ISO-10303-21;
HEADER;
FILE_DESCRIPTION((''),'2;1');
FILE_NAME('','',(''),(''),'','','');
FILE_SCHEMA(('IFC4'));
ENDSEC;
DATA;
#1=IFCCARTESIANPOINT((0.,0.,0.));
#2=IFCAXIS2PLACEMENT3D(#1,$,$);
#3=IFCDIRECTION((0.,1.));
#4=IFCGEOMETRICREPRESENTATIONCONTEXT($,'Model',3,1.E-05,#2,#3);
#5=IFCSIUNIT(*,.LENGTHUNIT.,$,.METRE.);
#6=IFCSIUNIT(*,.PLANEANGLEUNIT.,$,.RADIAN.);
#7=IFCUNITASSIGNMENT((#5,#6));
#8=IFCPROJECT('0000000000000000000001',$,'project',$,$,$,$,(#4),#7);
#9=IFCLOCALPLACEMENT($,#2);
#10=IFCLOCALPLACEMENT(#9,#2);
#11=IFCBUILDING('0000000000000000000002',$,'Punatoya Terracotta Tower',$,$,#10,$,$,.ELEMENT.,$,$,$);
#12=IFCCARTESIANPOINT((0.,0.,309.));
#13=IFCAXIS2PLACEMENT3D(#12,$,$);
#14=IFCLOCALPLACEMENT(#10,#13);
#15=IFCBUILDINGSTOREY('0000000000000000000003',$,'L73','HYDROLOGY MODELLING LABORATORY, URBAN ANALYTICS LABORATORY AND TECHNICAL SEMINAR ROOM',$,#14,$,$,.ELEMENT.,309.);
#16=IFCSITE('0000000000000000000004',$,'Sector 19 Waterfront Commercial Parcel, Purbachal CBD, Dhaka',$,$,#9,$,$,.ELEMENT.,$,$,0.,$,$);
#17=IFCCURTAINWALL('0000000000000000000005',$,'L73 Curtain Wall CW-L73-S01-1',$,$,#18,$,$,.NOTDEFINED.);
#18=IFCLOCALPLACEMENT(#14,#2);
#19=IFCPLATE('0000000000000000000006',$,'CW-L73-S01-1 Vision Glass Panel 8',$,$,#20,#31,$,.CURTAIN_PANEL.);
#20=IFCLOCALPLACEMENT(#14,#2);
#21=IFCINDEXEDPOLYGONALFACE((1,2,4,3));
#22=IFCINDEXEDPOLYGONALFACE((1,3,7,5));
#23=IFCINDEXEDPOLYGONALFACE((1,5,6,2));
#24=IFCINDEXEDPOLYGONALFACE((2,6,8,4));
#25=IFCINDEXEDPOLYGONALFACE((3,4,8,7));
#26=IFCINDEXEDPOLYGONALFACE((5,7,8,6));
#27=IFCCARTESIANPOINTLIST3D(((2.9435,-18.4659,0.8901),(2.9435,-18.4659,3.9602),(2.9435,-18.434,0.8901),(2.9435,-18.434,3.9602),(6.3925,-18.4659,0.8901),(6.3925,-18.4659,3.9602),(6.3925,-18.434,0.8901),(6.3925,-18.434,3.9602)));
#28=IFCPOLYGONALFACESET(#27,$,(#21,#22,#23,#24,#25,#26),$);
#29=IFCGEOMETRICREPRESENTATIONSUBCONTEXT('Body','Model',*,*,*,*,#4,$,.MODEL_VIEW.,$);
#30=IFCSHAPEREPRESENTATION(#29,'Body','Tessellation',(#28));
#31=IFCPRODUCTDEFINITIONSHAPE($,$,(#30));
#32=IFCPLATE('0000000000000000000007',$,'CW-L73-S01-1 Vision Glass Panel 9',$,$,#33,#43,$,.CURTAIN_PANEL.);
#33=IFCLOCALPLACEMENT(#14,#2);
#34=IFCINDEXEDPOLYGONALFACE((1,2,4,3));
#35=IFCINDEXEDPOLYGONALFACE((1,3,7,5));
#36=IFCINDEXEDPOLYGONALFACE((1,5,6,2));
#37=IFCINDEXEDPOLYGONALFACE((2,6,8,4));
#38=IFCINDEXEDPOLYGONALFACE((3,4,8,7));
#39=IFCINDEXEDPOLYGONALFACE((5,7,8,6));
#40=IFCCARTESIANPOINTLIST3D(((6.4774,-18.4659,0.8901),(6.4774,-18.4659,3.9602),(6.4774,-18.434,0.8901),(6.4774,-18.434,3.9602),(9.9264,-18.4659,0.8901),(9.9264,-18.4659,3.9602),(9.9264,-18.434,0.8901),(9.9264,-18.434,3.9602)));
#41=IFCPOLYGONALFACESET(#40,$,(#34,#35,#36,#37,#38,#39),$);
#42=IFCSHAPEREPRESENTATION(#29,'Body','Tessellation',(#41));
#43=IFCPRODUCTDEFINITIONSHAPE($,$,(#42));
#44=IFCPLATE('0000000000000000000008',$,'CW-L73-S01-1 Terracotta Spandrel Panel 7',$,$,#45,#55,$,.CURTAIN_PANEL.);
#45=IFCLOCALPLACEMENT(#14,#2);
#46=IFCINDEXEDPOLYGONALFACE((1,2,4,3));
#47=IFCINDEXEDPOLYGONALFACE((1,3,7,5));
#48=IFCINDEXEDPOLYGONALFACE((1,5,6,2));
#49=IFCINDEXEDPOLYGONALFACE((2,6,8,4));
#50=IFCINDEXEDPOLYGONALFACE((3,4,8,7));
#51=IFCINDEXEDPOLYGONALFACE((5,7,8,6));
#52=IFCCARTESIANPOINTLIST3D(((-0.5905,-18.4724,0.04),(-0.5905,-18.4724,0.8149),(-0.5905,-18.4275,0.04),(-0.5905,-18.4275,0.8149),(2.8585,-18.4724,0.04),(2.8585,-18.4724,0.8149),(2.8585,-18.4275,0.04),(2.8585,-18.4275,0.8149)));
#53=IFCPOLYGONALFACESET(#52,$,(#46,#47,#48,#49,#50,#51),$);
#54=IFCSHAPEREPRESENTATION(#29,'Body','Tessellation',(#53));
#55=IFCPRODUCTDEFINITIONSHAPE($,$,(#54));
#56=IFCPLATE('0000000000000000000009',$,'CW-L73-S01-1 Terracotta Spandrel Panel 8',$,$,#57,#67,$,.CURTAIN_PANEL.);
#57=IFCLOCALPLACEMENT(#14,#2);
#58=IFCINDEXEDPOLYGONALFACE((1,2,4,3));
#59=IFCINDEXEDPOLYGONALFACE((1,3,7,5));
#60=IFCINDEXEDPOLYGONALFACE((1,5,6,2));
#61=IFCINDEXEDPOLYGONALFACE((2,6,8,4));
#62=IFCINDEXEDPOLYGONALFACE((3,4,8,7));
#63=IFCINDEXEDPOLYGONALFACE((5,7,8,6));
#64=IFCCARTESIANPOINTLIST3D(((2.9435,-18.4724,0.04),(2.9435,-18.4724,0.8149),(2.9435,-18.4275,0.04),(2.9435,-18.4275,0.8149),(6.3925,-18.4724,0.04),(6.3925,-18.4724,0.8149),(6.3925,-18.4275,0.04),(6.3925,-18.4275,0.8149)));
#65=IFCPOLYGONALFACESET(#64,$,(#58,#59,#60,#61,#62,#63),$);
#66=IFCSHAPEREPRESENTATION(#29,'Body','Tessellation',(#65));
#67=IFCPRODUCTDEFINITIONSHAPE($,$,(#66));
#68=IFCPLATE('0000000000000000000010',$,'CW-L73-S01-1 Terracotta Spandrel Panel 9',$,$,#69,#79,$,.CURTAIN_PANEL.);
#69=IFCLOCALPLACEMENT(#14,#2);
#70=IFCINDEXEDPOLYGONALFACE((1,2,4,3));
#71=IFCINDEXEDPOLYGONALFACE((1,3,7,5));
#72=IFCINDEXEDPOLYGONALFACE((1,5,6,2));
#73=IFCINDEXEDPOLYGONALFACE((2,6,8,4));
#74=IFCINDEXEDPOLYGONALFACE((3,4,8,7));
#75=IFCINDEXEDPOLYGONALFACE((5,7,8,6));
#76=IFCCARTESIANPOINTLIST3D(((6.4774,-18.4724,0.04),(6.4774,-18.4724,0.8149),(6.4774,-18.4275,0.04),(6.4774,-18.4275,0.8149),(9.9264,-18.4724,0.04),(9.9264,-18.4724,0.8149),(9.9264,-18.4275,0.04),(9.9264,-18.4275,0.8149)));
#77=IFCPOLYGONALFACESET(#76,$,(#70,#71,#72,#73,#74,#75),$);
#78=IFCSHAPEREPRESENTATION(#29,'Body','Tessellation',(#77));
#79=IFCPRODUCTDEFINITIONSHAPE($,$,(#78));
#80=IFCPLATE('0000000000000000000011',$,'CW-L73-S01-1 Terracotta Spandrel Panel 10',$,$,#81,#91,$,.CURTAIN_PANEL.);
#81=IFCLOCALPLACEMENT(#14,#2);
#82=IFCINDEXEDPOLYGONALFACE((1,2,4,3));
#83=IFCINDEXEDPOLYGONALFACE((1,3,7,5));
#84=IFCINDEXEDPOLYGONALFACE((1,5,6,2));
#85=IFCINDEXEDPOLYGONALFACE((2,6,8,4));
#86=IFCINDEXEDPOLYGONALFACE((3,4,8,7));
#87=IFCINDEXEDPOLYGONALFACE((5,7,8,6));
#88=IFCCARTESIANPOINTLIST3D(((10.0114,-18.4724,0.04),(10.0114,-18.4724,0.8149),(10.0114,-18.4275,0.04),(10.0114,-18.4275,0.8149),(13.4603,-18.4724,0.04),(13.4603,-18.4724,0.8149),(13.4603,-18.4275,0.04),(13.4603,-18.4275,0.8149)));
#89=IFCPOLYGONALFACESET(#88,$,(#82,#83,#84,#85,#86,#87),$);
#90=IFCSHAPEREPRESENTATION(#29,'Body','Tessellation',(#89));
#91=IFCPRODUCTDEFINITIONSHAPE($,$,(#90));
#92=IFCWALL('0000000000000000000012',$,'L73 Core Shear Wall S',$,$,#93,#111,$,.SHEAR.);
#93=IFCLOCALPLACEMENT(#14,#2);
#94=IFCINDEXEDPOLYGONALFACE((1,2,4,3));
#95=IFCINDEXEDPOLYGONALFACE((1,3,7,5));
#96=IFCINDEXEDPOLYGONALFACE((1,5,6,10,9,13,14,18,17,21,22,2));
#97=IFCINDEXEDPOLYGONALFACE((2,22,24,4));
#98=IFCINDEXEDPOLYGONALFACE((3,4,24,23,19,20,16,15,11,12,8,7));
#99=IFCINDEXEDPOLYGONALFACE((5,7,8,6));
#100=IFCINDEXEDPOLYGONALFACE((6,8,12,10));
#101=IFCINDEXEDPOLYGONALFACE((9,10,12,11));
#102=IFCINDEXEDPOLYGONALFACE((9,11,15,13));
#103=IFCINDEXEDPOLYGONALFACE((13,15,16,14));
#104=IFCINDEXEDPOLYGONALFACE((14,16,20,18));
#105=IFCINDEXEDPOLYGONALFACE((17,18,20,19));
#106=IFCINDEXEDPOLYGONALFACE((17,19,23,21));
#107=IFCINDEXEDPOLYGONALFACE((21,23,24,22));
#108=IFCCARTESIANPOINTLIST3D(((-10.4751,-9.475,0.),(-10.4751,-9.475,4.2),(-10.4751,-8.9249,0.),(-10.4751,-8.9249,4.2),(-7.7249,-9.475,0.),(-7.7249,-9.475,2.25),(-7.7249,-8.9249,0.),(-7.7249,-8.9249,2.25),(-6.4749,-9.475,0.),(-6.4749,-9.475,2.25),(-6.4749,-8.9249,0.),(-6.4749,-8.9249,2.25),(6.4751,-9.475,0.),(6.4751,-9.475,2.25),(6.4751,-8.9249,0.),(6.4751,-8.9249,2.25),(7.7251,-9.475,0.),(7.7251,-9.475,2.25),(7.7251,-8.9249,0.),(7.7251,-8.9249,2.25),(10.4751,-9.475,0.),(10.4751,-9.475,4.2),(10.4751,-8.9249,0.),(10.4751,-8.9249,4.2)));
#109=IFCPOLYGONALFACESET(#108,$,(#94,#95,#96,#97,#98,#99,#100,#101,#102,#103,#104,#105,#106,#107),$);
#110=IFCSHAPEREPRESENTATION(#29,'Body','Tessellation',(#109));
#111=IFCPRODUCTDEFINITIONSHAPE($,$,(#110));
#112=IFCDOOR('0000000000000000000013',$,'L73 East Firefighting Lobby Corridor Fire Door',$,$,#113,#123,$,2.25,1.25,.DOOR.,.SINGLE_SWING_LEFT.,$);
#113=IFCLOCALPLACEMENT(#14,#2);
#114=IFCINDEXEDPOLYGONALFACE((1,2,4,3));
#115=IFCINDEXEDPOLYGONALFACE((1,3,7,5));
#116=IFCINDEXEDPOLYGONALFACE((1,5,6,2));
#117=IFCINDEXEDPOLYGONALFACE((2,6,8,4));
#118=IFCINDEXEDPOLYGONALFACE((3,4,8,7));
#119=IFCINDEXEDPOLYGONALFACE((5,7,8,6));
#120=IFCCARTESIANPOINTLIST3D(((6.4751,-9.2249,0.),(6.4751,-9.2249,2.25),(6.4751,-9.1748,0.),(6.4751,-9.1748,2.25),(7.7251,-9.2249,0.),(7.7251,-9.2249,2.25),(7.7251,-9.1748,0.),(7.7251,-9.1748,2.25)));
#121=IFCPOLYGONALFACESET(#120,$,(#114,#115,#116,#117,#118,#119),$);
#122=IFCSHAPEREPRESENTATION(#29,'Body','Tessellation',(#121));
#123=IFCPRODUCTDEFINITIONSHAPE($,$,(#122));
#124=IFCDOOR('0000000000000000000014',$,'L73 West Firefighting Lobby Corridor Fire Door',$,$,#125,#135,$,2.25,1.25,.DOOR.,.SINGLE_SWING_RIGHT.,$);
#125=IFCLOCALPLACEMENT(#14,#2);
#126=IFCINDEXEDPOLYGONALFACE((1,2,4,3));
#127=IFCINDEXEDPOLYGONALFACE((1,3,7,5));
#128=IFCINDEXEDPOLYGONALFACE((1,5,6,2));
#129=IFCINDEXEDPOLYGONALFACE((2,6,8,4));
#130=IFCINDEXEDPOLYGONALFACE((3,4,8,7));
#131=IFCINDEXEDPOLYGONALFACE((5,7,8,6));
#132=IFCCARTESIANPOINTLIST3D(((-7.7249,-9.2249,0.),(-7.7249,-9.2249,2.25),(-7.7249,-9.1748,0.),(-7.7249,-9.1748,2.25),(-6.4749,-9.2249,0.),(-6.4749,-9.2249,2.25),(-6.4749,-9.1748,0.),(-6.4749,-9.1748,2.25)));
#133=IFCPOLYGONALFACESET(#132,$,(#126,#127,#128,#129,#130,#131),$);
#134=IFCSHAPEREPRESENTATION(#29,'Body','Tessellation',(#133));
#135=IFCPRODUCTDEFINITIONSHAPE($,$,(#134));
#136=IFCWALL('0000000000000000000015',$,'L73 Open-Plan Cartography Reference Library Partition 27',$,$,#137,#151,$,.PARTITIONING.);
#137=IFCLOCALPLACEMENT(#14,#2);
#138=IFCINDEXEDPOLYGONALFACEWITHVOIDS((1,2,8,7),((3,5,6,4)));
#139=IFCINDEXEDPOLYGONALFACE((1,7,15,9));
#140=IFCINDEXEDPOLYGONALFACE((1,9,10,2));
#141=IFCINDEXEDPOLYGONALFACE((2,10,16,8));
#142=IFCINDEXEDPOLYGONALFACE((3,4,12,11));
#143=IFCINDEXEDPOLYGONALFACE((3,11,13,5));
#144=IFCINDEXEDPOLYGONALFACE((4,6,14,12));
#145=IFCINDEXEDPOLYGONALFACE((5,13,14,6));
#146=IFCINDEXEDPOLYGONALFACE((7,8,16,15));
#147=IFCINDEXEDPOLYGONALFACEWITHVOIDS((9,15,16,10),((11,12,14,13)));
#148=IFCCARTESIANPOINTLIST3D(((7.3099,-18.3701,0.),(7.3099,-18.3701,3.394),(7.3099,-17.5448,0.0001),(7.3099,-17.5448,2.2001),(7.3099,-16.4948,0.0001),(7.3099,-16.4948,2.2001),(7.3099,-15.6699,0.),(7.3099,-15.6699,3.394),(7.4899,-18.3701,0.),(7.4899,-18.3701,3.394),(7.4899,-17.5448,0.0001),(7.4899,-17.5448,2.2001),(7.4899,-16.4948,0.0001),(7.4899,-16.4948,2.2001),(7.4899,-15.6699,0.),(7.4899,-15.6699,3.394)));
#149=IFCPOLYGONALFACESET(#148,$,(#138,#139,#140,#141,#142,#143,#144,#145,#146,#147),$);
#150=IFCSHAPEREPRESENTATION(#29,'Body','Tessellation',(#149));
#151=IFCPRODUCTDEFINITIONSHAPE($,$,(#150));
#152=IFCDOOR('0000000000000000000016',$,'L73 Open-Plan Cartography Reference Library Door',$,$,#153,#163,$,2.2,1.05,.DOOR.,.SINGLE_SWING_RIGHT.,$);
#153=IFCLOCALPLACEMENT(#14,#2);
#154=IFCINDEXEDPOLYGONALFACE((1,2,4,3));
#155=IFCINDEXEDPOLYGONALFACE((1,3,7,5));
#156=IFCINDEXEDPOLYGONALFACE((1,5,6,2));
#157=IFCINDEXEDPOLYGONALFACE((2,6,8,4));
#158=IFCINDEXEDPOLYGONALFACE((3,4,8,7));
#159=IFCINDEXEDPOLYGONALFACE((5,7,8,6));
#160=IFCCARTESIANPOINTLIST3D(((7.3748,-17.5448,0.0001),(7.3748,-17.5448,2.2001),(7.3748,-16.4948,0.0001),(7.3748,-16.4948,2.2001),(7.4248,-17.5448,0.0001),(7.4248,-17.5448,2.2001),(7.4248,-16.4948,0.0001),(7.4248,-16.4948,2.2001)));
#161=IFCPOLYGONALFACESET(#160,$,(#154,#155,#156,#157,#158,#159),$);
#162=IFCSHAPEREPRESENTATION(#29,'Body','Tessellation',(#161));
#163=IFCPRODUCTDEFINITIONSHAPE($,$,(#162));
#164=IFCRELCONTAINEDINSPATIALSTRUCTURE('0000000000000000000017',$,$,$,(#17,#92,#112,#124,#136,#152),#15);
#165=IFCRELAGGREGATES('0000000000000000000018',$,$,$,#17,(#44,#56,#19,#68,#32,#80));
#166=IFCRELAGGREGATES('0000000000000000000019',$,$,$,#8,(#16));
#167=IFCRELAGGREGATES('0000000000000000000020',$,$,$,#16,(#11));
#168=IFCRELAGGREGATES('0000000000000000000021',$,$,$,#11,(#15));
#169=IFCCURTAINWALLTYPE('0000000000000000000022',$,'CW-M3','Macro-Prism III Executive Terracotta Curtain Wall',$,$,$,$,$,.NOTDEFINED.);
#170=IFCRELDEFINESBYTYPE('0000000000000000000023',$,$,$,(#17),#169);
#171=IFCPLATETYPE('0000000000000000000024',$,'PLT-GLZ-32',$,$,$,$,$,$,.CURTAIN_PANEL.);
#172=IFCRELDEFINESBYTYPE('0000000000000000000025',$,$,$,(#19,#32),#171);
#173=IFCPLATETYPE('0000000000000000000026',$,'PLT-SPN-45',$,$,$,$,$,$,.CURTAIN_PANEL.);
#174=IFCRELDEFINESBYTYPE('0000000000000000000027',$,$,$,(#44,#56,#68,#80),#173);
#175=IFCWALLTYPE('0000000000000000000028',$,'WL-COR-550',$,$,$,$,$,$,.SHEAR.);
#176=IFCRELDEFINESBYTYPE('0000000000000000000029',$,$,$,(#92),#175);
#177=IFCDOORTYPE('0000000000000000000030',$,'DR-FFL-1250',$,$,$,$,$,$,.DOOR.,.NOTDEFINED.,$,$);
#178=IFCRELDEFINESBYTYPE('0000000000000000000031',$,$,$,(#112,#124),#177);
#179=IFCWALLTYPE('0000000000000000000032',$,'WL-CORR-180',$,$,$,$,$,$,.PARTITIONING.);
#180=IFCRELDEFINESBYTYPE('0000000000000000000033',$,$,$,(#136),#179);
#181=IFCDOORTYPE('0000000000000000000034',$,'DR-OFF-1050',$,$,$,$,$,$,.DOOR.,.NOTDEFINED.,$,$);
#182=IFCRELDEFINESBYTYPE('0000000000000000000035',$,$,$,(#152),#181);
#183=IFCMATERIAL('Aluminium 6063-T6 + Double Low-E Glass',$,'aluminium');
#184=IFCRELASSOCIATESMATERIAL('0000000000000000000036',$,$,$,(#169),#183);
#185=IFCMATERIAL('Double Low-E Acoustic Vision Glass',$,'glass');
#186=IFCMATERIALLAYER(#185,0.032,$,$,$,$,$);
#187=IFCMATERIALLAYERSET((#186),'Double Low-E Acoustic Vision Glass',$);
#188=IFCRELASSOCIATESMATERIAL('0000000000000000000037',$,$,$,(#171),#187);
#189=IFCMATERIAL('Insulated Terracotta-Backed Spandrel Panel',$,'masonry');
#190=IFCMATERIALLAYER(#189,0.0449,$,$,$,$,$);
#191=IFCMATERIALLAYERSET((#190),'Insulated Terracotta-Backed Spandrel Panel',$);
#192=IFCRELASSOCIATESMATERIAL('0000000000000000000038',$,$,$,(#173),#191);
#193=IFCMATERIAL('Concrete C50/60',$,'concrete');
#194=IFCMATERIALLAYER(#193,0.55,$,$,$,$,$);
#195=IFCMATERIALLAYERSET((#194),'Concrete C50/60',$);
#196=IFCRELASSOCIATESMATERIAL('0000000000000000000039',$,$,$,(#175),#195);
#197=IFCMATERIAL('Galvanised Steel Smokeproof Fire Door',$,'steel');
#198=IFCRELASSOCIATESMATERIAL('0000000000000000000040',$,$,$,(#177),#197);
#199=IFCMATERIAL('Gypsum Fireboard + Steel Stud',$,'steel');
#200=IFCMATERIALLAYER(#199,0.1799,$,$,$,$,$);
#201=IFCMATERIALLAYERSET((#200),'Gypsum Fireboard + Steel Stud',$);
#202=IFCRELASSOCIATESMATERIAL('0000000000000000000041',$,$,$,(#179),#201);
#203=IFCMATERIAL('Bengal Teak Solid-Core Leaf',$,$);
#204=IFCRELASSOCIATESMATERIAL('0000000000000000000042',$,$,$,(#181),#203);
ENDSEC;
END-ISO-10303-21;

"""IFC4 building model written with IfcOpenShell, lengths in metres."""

from ifc_helpers import new_model, si_unit, direction, frame, frame_2d, origin, origin_2d, place, context, subcontext, project, spatial, rectangle, extrude, material, layer, layer_set, type_object, element, fill, aggregate, save


model = new_model("IFC4")

# Units and contexts
model_context = context("Model", 3, precision=1e-05, world=origin(), true_north=direction((0.0, 1.0)))
body_context = subcontext(model_context, "Body", "Model", "MODEL_VIEW")
ifc_project = project(units=[si_unit("LENGTHUNIT", "METRE"), si_unit("PLANEANGLEUNIT", "RADIAN")], contexts=[model_context])

# Site, building, storey
site_placement = place(None, origin())
site = spatial("IfcSite", under=ifc_project, at=site_placement, Name="Sector 19 Waterfront Commercial Parcel, Purbachal CBD, Dhaka", CompositionType="ELEMENT", RefElevation=0.0)
building_placement = place(site_placement, origin())
building = spatial("IfcBuilding", under=site, at=building_placement, Name="Punatoya Terracotta Tower", CompositionType="ELEMENT")
storey_placement = place(building_placement, frame((0.0, 0.0, 309.0)))
storey = spatial("IfcBuildingStorey", under=building, at=storey_placement, Name="L73", Description="HYDROLOGY MODELLING LABORATORY, URBAN ANALYTICS LABORATORY AND TECHNICAL SEMINAR ROOM", CompositionType="ELEMENT", Elevation=309.0)

# Curtain wall, plates
ifc_material_1 = material(Name="Aluminium 6063-T6 + Double Low-E Glass", Category="aluminium")
curtain_wall_type = type_object("IfcCurtainWallType", Name="CW-M3", Description="Macro-Prism III Executive Terracotta Curtain Wall", PredefinedType="NOTDEFINED", material=ifc_material_1)
curtain_wall_placement = place(storey_placement, origin())
curtain_wall = element("IfcCurtainWall", 1, at=curtain_wall_placement, inside=storey, type_object=curtain_wall_type, Name="L73 Curtain Wall CW-L73-S01-1", PredefinedType="NOTDEFINED")
ifc_material_2 = material(Name="Double Low-E Acoustic Vision Glass", Category="glass")
ifc_layer_1 = layer(ifc_material_2, 0.032)
ifc_layer_set_1 = layer_set([ifc_layer_1], Name="Double Low-E Acoustic Vision Glass")
plate_type_1 = type_object("IfcPlateType", Name="PLT-GLZ-32", PredefinedType="CURTAIN_PANEL", material=ifc_layer_set_1)
plate_1_placement = place(storey_placement, frame((4.668, -18.45, 0.8901), z_axis=(0.0, 0.0, 1.0), x_axis=(1.0, 0.0, 0.0)))
plate_1 = element("IfcPlate", 2, at=plate_1_placement, type_object=plate_type_1, Name="CW-L73-S01-1 Vision Glass Panel 8", PredefinedType="CURTAIN_PANEL", context=body_context, shape_type="SweptSolid", body=[
    extrude(rectangle(XDim=3.449, YDim=0.032, at=origin_2d()), origin(), (0.0, 0.0, 1.0), 3.0701),
])
plate_2_placement = place(storey_placement, frame((8.2019, -18.45, 0.8901), z_axis=(0.0, 0.0, 1.0), x_axis=(1.0, 0.0, 0.0)))
plate_2 = element("IfcPlate", 3, at=plate_2_placement, type_object=plate_type_1, Name="CW-L73-S01-1 Vision Glass Panel 9", PredefinedType="CURTAIN_PANEL", context=body_context, shape_type="SweptSolid", body=[
    extrude(rectangle(XDim=3.449, YDim=0.032, at=origin_2d()), origin(), (0.0, 0.0, 1.0), 3.0701),
])
ifc_material_3 = material(Name="Insulated Terracotta-Backed Spandrel Panel", Category="masonry")
ifc_layer_2 = layer(ifc_material_3, 0.0449)
ifc_layer_set_2 = layer_set([ifc_layer_2], Name="Insulated Terracotta-Backed Spandrel Panel")
plate_type_2 = type_object("IfcPlateType", Name="PLT-SPN-45", PredefinedType="CURTAIN_PANEL", material=ifc_layer_set_2)
plate_3_placement = place(storey_placement, frame((1.134, -18.45, 0.04), z_axis=(0.0, 0.0, 1.0), x_axis=(1.0, 0.0, 0.0)))
plate_3 = element("IfcPlate", 4, at=plate_3_placement, type_object=plate_type_2, Name="CW-L73-S01-1 Terracotta Spandrel Panel 7", PredefinedType="CURTAIN_PANEL", context=body_context, shape_type="SweptSolid", body=[
    extrude(rectangle(XDim=3.449, YDim=0.0449, at=origin_2d()), origin(), (0.0, 0.0, 1.0), 0.7749),
])
plate_4_placement = place(storey_placement, frame((4.668, -18.45, 0.04), z_axis=(0.0, 0.0, 1.0), x_axis=(1.0, 0.0, 0.0)))
plate_4 = element("IfcPlate", 5, at=plate_4_placement, type_object=plate_type_2, Name="CW-L73-S01-1 Terracotta Spandrel Panel 8", PredefinedType="CURTAIN_PANEL", context=body_context, shape_type="SweptSolid", body=[
    extrude(rectangle(XDim=3.449, YDim=0.0449, at=origin_2d()), origin(), (0.0, 0.0, 1.0), 0.7749),
])
plate_5_placement = place(storey_placement, frame((8.2019, -18.45, 0.04), z_axis=(0.0, 0.0, 1.0), x_axis=(1.0, 0.0, 0.0)))
plate_5 = element("IfcPlate", 6, at=plate_5_placement, type_object=plate_type_2, Name="CW-L73-S01-1 Terracotta Spandrel Panel 9", PredefinedType="CURTAIN_PANEL", context=body_context, shape_type="SweptSolid", body=[
    extrude(rectangle(XDim=3.449, YDim=0.0449, at=origin_2d()), origin(), (0.0, 0.0, 1.0), 0.7749),
])
plate_6_placement = place(storey_placement, frame((11.7358, -18.45, 0.04), z_axis=(0.0, 0.0, 1.0), x_axis=(1.0, 0.0, 0.0)))
plate_6 = element("IfcPlate", 7, at=plate_6_placement, type_object=plate_type_2, Name="CW-L73-S01-1 Terracotta Spandrel Panel 10", PredefinedType="CURTAIN_PANEL", context=body_context, shape_type="SweptSolid", body=[
    extrude(rectangle(XDim=3.449, YDim=0.0449, at=origin_2d()), origin(), (0.0, 0.0, 1.0), 0.7749),
])
aggregate(curtain_wall, [plate_3, plate_4, plate_1, plate_5, plate_2, plate_6])

# Wall, openings, doors
ifc_material_4 = material(Name="Concrete C50/60", Category="concrete")
ifc_layer_3 = layer(ifc_material_4, 0.55)
ifc_layer_set_3 = layer_set([ifc_layer_3], Name="Concrete C50/60")
wall_type_1 = type_object("IfcWallType", Name="WL-COR-550", PredefinedType="SHEAR", material=ifc_layer_set_3)
wall_1_placement = place(storey_placement, frame((10.4751, -9.2, 0.0), z_axis=(0.0, 0.0, 1.0), x_axis=(-1.0, 0.0, 0.0)))
wall_1 = element("IfcWall", 8, at=wall_1_placement, inside=storey, type_object=wall_type_1, Name="L73 Core Shear Wall S", PredefinedType="SHEAR", context=body_context, shape_type="SweptSolid", body=[
    extrude(rectangle(XDim=20.9502, YDim=0.55, at=frame_2d((10.4751, 0.0))), origin(), (0.0, 0.0, 1.0), 4.2),
])
opening_1_placement = place(wall_1_placement, frame((2.75, 0.0, 0.0)))
opening_1 = element("IfcOpeningElement", 9, at=opening_1_placement, cuts=wall_1, PredefinedType="OPENING", context=body_context, shape_type="SweptSolid", body=[
    extrude(rectangle(XDim=1.25, YDim=2.25, at=frame_2d((0.625, 1.125))), frame((0.0, 0.2849, 0.0), z_axis=(0.0, -1.0, 0.0), x_axis=(1.0, 0.0, 0.0)), (0.0, 0.0, 1.0), 0.5701),
])
opening_2_placement = place(wall_1_placement, frame((16.95, 0.0, 0.0)))
opening_2 = element("IfcOpeningElement", 10, at=opening_2_placement, cuts=wall_1, PredefinedType="OPENING", context=body_context, shape_type="SweptSolid", body=[
    extrude(rectangle(XDim=1.25, YDim=2.25, at=frame_2d((0.625, 1.125))), frame((0.0, 0.2849, 0.0), z_axis=(0.0, -1.0, 0.0), x_axis=(1.0, 0.0, 0.0)), (0.0, 0.0, 1.0), 0.5701),
])
ifc_material_5 = material(Name="Galvanised Steel Smokeproof Fire Door", Category="steel")
door_type_1 = type_object("IfcDoorType", Name="DR-FFL-1250", OperationType="NOTDEFINED", PredefinedType="DOOR", material=ifc_material_5)
door_1_placement = place(opening_1_placement, origin())
door_1 = element("IfcDoor", 11, at=door_1_placement, inside=storey, type_object=door_type_1, Name="L73 East Firefighting Lobby Corridor Fire Door", OperationType="SINGLE_SWING_LEFT", OverallHeight=2.25, OverallWidth=1.25, PredefinedType="DOOR", context=body_context, shape_type="SweptSolid", body=[
    extrude(rectangle(XDim=1.25, YDim=2.25, at=frame_2d((0.625, 1.125))), frame((0.0, 0.0249, 0.0), z_axis=(0.0, -1.0, 0.0), x_axis=(1.0, 0.0, 0.0)), (0.0, 0.0, 1.0), 0.05),
])
fill(opening_1, door_1)
door_2_placement = place(opening_2_placement, origin())
door_2 = element("IfcDoor", 12, at=door_2_placement, inside=storey, type_object=door_type_1, Name="L73 West Firefighting Lobby Corridor Fire Door", OperationType="SINGLE_SWING_RIGHT", OverallHeight=2.25, OverallWidth=1.25, PredefinedType="DOOR", context=body_context, shape_type="SweptSolid", body=[
    extrude(rectangle(XDim=1.25, YDim=2.25, at=frame_2d((0.625, 1.125))), frame((0.0, 0.0249, 0.0), z_axis=(0.0, -1.0, 0.0), x_axis=(1.0, 0.0, 0.0)), (0.0, 0.0, 1.0), 0.05),
])
fill(opening_2, door_2)

# Wall, opening, door
ifc_material_6 = material(Name="Gypsum Fireboard + Steel Stud", Category="steel")
ifc_layer_4 = layer(ifc_material_6, 0.1799)
ifc_layer_set_4 = layer_set([ifc_layer_4], Name="Gypsum Fireboard + Steel Stud")
wall_type_2 = type_object("IfcWallType", Name="WL-CORR-180", PredefinedType="PARTITIONING", material=ifc_layer_set_4)
wall_2_placement = place(storey_placement, frame((7.3999, -15.6699, 0.0), z_axis=(0.0, 0.0, 1.0), x_axis=(0.0, -1.0, 0.0)))
wall_2 = element("IfcWall", 13, at=wall_2_placement, inside=storey, type_object=wall_type_2, Name="L73 Open-Plan Cartography Reference Library Partition 27", PredefinedType="PARTITIONING", context=body_context, shape_type="SweptSolid", body=[
    extrude(rectangle(XDim=2.7002, YDim=0.1799, at=frame_2d((1.3501, 0.0))), origin(), (0.0, 0.0, 1.0), 3.394),
])
opening_3_placement = place(wall_2_placement, frame((0.825, 0.0, 0.0)))
opening_3 = element("IfcOpeningElement", 14, at=opening_3_placement, cuts=wall_2, PredefinedType="OPENING", context=body_context, shape_type="SweptSolid", body=[
    extrude(rectangle(XDim=1.05, YDim=2.2, at=frame_2d((0.5249, 1.1001))), frame((0.0, 0.0999, 0.0), z_axis=(0.0, -1.0, 0.0), x_axis=(1.0, 0.0, 0.0)), (0.0, 0.0, 1.0), 0.2),
])
ifc_material_7 = material(Name="Bengal Teak Solid-Core Leaf")
door_type_2 = type_object("IfcDoorType", Name="DR-OFF-1050", OperationType="NOTDEFINED", PredefinedType="DOOR", material=ifc_material_7)
door_3_placement = place(opening_3_placement, origin())
door_3 = element("IfcDoor", 15, at=door_3_placement, inside=storey, type_object=door_type_2, Name="L73 Open-Plan Cartography Reference Library Door", OperationType="SINGLE_SWING_RIGHT", OverallHeight=2.2, OverallWidth=1.05, PredefinedType="DOOR", context=body_context, shape_type="SweptSolid", body=[
    extrude(rectangle(XDim=1.05, YDim=2.2, at=frame_2d((0.5249, 1.1001))), frame((0.0, 0.0249, 0.0), z_axis=(0.0, -1.0, 0.0), x_axis=(1.0, 0.0, 0.0)), (0.0, 0.0, 1.0), 0.05),
])
fill(opening_3, door_3)

save(model, "model.ifc")
